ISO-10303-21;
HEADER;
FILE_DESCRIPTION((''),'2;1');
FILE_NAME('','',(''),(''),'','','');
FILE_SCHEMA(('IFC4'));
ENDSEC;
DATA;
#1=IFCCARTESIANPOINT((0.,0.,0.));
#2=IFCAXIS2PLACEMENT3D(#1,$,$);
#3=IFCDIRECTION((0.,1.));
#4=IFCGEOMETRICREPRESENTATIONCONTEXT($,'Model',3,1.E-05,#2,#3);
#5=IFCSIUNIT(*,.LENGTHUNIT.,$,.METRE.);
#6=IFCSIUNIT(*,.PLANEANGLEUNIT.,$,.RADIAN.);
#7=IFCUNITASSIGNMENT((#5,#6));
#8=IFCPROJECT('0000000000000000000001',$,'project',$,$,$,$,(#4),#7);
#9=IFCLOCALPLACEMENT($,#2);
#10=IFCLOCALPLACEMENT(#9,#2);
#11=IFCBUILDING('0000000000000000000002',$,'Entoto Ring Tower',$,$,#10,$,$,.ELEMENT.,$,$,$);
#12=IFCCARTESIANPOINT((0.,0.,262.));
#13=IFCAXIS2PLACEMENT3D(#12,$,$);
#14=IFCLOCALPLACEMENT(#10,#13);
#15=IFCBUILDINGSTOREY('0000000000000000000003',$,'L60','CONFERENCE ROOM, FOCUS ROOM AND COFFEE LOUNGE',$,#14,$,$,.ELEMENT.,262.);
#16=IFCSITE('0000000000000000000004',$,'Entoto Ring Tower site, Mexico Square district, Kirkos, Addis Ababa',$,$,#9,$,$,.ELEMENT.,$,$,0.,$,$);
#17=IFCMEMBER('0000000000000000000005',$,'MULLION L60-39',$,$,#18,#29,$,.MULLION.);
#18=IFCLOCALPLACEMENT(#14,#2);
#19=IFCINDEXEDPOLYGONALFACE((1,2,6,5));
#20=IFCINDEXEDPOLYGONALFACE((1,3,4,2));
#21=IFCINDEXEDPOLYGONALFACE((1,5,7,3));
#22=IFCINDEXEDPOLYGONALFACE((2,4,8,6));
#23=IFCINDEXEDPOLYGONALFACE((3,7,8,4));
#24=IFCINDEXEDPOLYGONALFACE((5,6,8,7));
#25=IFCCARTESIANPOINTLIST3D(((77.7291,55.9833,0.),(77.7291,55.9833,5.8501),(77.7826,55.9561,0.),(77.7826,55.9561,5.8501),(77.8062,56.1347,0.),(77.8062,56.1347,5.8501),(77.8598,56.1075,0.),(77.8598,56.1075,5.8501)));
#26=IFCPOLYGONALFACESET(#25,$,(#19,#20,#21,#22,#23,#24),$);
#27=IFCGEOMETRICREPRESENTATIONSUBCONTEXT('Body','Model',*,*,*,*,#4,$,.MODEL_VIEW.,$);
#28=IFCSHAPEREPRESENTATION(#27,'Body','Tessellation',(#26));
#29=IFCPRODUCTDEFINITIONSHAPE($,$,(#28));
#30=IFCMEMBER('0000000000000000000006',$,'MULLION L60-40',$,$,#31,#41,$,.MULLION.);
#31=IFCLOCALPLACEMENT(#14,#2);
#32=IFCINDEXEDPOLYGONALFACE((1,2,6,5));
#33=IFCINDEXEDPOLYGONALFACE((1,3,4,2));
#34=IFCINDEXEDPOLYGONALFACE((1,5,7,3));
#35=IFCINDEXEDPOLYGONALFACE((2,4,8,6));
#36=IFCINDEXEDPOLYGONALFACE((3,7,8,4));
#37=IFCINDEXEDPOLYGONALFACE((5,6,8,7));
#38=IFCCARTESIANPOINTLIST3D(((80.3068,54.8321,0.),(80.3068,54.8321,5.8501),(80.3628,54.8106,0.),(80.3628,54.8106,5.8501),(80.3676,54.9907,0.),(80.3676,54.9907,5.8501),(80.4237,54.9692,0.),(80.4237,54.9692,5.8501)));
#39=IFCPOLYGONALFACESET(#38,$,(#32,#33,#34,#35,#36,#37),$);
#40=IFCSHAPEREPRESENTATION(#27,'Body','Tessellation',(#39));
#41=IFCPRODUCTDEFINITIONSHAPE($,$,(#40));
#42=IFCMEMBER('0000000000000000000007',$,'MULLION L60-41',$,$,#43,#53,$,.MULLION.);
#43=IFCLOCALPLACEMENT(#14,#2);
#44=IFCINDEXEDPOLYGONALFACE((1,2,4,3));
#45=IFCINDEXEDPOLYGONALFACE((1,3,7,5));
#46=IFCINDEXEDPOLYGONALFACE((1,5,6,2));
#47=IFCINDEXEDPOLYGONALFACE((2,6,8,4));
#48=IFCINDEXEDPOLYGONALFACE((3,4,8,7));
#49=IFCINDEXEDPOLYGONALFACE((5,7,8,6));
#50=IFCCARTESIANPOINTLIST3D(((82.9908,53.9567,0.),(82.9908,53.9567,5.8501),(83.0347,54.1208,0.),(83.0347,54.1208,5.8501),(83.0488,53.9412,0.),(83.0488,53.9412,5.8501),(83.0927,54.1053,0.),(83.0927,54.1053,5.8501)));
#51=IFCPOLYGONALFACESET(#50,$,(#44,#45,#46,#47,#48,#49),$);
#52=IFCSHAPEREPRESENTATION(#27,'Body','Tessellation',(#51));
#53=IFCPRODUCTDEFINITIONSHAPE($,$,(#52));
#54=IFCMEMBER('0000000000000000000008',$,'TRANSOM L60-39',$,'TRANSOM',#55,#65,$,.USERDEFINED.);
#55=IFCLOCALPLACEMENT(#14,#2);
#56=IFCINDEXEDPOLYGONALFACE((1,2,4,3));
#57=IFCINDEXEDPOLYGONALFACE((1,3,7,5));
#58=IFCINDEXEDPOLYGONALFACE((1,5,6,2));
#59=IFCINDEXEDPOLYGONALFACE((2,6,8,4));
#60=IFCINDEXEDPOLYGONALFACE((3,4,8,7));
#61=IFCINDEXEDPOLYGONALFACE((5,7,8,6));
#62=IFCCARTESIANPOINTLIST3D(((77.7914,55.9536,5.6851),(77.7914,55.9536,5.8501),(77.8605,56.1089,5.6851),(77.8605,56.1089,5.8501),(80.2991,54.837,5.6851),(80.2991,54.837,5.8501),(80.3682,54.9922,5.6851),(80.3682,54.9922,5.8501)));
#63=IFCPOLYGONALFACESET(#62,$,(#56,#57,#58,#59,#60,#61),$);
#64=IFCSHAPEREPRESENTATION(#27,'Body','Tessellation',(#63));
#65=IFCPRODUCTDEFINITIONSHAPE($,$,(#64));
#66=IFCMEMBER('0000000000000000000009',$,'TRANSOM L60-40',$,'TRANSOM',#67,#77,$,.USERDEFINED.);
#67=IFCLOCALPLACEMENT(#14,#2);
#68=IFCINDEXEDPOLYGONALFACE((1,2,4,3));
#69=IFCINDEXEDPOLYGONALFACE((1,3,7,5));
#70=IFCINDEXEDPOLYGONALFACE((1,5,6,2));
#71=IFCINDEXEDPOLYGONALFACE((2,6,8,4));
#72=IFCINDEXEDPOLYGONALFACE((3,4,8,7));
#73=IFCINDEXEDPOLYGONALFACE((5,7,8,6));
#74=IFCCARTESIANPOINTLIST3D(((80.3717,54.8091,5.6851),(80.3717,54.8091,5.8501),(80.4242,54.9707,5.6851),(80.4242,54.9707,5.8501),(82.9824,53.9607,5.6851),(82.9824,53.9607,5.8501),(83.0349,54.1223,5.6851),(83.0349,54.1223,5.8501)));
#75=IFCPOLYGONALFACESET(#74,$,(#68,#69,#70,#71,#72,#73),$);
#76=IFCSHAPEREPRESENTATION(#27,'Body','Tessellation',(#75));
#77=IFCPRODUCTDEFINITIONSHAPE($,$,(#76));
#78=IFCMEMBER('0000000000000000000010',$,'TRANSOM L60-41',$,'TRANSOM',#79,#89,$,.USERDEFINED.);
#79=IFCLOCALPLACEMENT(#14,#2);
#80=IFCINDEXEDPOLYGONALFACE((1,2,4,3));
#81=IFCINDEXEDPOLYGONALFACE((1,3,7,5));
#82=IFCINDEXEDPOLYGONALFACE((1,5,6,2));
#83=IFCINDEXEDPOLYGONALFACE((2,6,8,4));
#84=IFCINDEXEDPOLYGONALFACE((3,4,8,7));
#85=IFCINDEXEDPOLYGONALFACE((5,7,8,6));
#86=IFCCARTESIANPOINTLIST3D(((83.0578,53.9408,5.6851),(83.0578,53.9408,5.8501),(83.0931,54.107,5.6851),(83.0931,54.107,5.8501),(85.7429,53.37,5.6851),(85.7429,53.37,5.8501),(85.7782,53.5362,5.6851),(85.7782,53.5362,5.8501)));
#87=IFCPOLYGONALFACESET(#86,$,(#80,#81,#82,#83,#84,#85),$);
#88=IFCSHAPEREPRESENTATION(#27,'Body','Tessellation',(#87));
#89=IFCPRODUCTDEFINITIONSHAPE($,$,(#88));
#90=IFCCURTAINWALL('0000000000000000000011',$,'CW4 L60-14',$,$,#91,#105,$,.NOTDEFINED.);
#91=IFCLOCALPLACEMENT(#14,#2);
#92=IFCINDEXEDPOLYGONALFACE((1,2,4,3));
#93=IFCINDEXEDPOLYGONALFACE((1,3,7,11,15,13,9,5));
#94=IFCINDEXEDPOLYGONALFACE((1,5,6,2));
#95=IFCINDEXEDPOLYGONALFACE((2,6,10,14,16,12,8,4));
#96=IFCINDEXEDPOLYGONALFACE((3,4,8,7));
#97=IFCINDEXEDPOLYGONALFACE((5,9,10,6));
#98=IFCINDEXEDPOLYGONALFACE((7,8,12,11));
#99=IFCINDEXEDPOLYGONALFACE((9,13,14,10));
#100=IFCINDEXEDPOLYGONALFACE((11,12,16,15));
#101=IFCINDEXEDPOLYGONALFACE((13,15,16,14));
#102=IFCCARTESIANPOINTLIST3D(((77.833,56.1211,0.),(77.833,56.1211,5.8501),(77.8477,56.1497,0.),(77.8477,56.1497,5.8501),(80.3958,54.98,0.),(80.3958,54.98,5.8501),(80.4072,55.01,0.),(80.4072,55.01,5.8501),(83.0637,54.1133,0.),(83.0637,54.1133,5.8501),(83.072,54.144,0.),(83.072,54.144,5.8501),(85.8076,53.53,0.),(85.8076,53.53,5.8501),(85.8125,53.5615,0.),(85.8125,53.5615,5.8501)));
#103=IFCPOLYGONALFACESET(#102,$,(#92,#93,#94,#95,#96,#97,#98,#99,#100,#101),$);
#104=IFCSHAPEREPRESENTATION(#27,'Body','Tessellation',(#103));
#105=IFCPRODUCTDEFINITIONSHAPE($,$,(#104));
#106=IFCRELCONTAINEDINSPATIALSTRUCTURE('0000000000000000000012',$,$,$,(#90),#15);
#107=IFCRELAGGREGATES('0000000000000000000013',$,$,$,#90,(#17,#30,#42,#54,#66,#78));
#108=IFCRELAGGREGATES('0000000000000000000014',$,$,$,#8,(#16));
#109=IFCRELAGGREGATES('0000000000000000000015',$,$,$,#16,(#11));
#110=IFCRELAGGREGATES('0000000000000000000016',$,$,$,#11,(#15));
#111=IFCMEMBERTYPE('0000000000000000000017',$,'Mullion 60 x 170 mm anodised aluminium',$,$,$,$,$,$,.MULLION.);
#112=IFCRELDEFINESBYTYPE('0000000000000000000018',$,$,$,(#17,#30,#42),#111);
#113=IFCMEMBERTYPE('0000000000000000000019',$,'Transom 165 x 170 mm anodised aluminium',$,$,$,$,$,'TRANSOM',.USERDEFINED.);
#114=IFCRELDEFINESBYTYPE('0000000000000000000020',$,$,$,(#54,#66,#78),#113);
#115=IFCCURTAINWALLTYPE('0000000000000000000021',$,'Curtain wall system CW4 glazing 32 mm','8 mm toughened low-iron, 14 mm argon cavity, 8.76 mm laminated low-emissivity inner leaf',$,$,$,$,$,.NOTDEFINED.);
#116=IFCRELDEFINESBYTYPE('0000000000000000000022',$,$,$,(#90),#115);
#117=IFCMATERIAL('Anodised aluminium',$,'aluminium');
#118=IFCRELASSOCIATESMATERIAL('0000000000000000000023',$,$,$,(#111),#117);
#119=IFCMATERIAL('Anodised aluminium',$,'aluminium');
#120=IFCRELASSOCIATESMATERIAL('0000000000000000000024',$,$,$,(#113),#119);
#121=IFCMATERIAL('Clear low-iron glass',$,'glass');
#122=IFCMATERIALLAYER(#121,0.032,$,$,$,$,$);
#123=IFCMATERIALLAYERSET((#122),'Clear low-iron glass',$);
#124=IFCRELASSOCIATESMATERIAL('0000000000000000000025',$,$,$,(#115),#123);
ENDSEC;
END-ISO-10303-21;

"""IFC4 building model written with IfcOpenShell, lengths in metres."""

from ifc_helpers import new_model, si_unit, direction, frame, origin, origin_2d, place, context, subcontext, project, spatial, polyline, rectangle, outline, extrude, material, layer, layer_set, material_profile, profile_set, type_object, element, aggregate, save


model = new_model("IFC4")

# Units and contexts
model_context = context("Model", 3, precision=1e-05, world=origin(), true_north=direction((0.0, 1.0)))
body_context = subcontext(model_context, "Body", "Model", "MODEL_VIEW")
ifc_project = project(units=[si_unit("LENGTHUNIT", "METRE"), si_unit("PLANEANGLEUNIT", "RADIAN")], contexts=[model_context])

# Members
ifc_material_1 = material(Name="Anodised aluminium", Category="aluminium")
ifc_material_profile_1 = material_profile(ifc_material_1, rectangle(XDim=0.0601, YDim=0.1699, at=origin_2d()), Name="Mullion 60 x 170 mm anodised aluminium")
ifc_profile_set_1 = profile_set([ifc_material_profile_1], Name="Anodised aluminium")
member_type_1 = type_object("IfcMemberType", Name="Mullion 60 x 170 mm anodised aluminium", PredefinedType="MULLION", material=ifc_profile_set_1)
site_placement = place(None, origin())
building_placement = place(site_placement, origin())
storey_placement = place(building_placement, frame((0.0, 0.0, 262.0)))
member_1_placement = place(storey_placement, frame((77.7944, 56.0454, 0.0), z_axis=(0.0, 0.0, 1.0), x_axis=(0.891007, -0.45399, 0.0)))
member_1 = element("IfcMember", 1, at=member_1_placement, type_object=member_type_1, Name="MULLION L60-39", PredefinedType="MULLION", context=body_context, shape_type="SweptSolid", body=[
    extrude(rectangle(XDim=0.0601, YDim=0.1699, at=origin_2d()), origin(), (0.0, 0.0, 1.0), 5.8501),
])
member_2_placement = place(storey_placement, frame((80.3652, 54.9006, 0.0), z_axis=(0.0, 0.0, 1.0), x_axis=(0.93358, -0.358368, 0.0)))
member_2 = element("IfcMember", 2, at=member_2_placement, type_object=member_type_1, Name="MULLION L60-40", PredefinedType="MULLION", context=body_context, shape_type="SweptSolid", body=[
    extrude(rectangle(XDim=0.0601, YDim=0.1699, at=origin_2d()), origin(), (0.0, 0.0, 1.0), 5.8501),
])
member_3_placement = place(storey_placement, frame((83.0417, 54.031, 0.0), z_axis=(0.0, 0.0, 1.0), x_axis=(0.965926, -0.258819, 0.0)))
member_3 = element("IfcMember", 3, at=member_3_placement, type_object=member_type_1, Name="MULLION L60-41", PredefinedType="MULLION", context=body_context, shape_type="SweptSolid", body=[
    extrude(rectangle(XDim=0.0601, YDim=0.1699, at=origin_2d()), origin(), (0.0, 0.0, 1.0), 5.8501),
])
ifc_material_2 = material(Name="Anodised aluminium", Category="aluminium")
ifc_material_profile_2 = material_profile(ifc_material_2, rectangle(XDim=0.1699, YDim=0.165, at=origin_2d()), Name="Transom 165 x 170 mm anodised aluminium")
ifc_profile_set_2 = profile_set([ifc_material_profile_2], Name="Anodised aluminium")
member_type_2 = type_object("IfcMemberType", Name="Transom 165 x 170 mm anodised aluminium", ElementType="TRANSOM", PredefinedType="USERDEFINED", material=ifc_profile_set_2)
member_4_placement = place(storey_placement, frame((77.8259, 56.0312, 5.7676), z_axis=(0.913525, -0.406782, 0.0), x_axis=(0.406782, 0.913525, 0.0)))
member_4 = element("IfcMember", 4, at=member_4_placement, type_object=member_type_2, Name="TRANSOM L60-39", ObjectType="TRANSOM", PredefinedType="USERDEFINED", context=body_context, shape_type="SweptSolid", body=[
    extrude(rectangle(XDim=0.1699, YDim=0.165, at=origin_2d()), origin(), (0.0, 0.0, 1.0), 2.7451),
])
member_5_placement = place(storey_placement, frame((80.3979, 54.8899, 5.7676), z_axis=(0.951048, -0.309042, 0.0), x_axis=(0.309042, 0.951048, 0.0)))
member_5 = element("IfcMember", 5, at=member_5_placement, type_object=member_type_2, Name="TRANSOM L60-40", ObjectType="TRANSOM", PredefinedType="USERDEFINED", context=body_context, shape_type="SweptSolid", body=[
    extrude(rectangle(XDim=0.1699, YDim=0.165, at=origin_2d()), origin(), (0.0, 0.0, 1.0), 2.7451),
])
member_6_placement = place(storey_placement, frame((83.0754, 54.0239, 5.7676), z_axis=(0.978142, -0.207937, 0.0), x_axis=(0.207937, 0.978142, 0.0)))
member_6 = element("IfcMember", 6, at=member_6_placement, type_object=member_type_2, Name="TRANSOM L60-41", ObjectType="TRANSOM", PredefinedType="USERDEFINED", context=body_context, shape_type="SweptSolid", body=[
    extrude(rectangle(XDim=0.1699, YDim=0.165, at=origin_2d()), origin(), (0.0, 0.0, 1.0), 2.7451),
])

# Site, building, storey
site = spatial("IfcSite", under=ifc_project, at=site_placement, Name="Entoto Ring Tower site, Mexico Square district, Kirkos, Addis Ababa", CompositionType="ELEMENT", RefElevation=0.0)
building = spatial("IfcBuilding", under=site, at=building_placement, Name="Entoto Ring Tower", CompositionType="ELEMENT")
storey = spatial("IfcBuildingStorey", under=building, at=storey_placement, Name="L60", Description="CONFERENCE ROOM, FOCUS ROOM AND COFFEE LOUNGE", CompositionType="ELEMENT", Elevation=262.0)

# Curtain wall
ifc_material_3 = material(Name="Clear low-iron glass", Category="glass")
ifc_layer = layer(ifc_material_3, 0.032)
ifc_layer_set = layer_set([ifc_layer], Name="Clear low-iron glass")
curtain_wall_type = type_object("IfcCurtainWallType", Name="Curtain wall system CW4 glazing 32 mm", Description="8 mm toughened low-iron, 14 mm argon cavity, 8.76 mm laminated low-emissivity inner leaf", PredefinedType="NOTDEFINED", material=ifc_layer_set)
curtain_wall_1_placement = place(storey_placement, origin())
curtain_wall_1 = element("IfcCurtainWall", 7, at=curtain_wall_1_placement, inside=storey, type_object=curtain_wall_type, Name="CW4 L60-14", PredefinedType="NOTDEFINED", context=body_context, shape_type="SweptSolid", body=[
    extrude(outline(polyline([(77.833, 56.1211), (80.3958, 54.98), (83.0637, 54.1133), (85.8076, 53.53), (85.8125, 53.5615), (83.072, 54.144), (80.4072, 55.01), (77.8477, 56.1497), (77.833, 56.1211)])), origin(), (0.0, 0.0, 1.0), 5.8501),
])
aggregate(curtain_wall_1, [member_1, member_2, member_3, member_4, member_5, member_6])

save(model, "model.ifc")
